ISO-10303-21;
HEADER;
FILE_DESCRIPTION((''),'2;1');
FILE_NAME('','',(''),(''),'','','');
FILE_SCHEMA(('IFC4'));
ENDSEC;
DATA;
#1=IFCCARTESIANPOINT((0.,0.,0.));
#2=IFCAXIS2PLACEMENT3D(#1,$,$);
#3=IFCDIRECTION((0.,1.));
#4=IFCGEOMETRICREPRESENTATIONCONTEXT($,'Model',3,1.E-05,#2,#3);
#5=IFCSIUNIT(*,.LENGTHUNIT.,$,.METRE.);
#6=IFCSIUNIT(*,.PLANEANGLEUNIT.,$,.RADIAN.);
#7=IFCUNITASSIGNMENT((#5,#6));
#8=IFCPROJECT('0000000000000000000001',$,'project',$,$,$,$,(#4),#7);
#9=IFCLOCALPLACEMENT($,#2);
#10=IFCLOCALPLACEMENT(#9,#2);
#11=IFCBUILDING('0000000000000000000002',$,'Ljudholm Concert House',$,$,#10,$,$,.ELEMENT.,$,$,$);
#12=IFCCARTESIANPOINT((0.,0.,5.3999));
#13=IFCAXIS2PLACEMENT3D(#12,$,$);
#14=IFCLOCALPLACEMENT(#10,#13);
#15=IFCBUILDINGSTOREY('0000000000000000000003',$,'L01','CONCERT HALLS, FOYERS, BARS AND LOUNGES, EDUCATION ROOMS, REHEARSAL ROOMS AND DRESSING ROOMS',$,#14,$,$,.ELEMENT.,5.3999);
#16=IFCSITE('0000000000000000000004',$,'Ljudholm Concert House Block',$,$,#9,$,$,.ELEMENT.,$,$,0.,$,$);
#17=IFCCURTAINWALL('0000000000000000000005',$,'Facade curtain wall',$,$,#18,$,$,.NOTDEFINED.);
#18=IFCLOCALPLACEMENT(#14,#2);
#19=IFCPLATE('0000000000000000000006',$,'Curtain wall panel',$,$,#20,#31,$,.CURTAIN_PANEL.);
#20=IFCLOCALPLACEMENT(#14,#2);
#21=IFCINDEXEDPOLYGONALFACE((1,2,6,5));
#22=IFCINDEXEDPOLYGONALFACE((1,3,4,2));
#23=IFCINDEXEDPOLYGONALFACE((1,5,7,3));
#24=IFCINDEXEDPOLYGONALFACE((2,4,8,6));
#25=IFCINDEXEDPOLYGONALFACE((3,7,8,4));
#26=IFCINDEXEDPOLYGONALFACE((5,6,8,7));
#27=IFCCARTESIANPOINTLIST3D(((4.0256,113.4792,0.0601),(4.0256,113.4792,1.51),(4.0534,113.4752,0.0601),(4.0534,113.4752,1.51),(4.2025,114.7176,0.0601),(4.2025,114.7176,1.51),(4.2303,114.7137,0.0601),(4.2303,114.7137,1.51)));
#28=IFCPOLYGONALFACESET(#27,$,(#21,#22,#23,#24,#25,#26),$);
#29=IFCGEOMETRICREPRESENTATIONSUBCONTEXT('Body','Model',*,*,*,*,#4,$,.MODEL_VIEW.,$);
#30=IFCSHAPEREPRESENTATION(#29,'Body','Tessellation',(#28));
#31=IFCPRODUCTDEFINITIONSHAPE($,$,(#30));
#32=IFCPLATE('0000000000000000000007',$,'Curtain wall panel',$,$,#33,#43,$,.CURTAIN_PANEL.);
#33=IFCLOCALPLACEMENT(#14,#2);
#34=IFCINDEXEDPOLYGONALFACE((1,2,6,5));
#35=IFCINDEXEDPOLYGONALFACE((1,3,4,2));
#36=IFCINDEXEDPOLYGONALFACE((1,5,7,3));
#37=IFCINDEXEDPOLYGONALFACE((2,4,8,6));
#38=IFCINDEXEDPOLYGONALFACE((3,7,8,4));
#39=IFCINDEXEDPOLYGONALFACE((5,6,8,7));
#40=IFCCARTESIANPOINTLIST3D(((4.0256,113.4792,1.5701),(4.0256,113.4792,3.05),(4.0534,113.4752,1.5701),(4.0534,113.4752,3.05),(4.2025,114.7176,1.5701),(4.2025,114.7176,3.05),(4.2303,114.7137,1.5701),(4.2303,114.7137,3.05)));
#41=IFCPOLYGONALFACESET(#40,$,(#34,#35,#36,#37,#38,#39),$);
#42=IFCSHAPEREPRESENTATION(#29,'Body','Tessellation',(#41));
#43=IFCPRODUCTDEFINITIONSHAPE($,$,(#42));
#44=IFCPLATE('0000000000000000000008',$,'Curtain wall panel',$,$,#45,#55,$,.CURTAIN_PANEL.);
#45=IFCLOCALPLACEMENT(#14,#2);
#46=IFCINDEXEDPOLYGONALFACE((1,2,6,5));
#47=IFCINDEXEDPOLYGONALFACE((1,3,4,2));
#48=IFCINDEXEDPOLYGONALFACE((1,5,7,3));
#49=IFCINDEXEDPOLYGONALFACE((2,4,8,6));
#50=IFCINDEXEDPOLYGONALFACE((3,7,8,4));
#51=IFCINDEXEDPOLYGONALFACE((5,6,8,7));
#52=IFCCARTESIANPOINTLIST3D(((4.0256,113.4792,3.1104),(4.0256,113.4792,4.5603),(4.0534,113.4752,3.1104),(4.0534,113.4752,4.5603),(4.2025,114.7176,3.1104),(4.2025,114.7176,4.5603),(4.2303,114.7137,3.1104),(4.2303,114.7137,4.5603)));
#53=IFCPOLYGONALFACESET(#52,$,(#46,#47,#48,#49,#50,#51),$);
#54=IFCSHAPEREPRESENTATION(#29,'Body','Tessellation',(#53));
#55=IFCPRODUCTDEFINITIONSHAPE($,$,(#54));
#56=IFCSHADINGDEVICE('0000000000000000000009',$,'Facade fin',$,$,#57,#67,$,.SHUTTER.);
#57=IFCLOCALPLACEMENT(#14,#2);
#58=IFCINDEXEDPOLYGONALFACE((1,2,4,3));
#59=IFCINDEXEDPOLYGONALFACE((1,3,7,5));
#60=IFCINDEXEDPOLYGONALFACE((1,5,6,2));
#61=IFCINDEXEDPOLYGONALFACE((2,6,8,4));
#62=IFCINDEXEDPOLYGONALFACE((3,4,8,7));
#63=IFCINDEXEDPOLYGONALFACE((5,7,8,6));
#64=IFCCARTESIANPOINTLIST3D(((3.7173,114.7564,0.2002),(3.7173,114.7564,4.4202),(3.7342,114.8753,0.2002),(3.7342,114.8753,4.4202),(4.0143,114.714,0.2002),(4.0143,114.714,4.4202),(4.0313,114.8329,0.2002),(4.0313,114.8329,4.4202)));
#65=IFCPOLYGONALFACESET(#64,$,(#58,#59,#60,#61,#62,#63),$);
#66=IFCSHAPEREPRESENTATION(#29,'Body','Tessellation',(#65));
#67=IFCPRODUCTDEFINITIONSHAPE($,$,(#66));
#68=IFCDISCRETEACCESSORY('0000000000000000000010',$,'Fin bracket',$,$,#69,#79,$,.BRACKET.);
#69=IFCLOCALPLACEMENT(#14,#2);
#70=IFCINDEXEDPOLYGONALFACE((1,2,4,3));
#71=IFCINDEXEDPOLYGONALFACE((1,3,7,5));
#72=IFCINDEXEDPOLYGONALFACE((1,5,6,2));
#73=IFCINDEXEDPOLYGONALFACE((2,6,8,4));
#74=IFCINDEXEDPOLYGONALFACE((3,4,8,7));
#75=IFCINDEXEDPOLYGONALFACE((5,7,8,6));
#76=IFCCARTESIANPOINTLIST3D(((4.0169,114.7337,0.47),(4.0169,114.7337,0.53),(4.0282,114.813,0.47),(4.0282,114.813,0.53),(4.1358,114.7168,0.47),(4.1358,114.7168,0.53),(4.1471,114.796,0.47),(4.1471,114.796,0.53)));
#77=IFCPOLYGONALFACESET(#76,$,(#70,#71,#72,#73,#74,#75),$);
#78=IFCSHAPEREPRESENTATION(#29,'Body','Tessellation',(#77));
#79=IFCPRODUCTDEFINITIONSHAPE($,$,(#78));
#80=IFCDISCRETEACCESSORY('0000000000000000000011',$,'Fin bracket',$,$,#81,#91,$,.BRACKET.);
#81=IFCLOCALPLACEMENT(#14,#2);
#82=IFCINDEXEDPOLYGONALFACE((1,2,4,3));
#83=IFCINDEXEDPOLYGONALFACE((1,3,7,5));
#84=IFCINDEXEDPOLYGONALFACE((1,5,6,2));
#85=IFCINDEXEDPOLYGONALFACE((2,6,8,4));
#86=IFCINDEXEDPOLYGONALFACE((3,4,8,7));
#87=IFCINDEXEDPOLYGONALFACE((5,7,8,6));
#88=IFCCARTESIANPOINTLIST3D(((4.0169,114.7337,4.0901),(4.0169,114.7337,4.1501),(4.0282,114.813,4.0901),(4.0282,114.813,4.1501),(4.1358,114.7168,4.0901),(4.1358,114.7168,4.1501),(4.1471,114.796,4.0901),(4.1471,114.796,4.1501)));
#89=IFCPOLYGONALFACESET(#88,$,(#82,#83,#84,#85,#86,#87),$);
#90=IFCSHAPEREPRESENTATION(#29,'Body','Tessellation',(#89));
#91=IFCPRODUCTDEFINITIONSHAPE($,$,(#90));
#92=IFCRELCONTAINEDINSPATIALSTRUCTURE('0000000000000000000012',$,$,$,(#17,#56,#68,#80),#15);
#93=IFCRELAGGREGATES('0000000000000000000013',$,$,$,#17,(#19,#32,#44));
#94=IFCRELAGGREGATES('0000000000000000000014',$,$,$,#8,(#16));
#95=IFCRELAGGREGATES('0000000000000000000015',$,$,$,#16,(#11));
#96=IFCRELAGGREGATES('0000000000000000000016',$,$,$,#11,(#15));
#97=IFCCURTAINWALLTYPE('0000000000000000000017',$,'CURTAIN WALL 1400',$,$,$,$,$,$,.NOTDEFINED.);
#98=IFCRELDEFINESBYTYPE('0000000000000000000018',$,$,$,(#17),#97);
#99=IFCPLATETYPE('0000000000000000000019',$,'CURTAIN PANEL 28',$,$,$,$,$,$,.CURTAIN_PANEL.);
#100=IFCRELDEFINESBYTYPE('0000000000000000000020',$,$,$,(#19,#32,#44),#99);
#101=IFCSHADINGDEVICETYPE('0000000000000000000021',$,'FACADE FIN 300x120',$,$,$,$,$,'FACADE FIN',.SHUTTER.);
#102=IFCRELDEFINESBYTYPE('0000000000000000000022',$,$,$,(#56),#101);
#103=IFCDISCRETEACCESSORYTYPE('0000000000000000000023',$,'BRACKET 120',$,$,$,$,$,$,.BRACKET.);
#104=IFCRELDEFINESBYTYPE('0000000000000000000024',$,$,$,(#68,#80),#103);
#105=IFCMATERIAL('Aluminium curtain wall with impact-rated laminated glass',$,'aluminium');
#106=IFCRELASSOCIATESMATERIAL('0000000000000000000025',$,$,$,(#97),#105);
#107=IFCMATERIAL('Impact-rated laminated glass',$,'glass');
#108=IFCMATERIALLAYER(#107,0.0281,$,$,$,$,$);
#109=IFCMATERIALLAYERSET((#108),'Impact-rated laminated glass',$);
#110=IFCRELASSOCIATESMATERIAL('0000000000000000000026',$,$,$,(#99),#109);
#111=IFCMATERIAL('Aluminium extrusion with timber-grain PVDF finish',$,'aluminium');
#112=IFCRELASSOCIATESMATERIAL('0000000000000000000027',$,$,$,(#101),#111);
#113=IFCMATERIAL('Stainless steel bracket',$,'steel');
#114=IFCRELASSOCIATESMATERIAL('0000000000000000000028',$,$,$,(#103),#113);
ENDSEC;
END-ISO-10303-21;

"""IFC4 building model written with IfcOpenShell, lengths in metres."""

from ifc_helpers import new_model, si_unit, direction, frame, origin, origin_2d, place, context, subcontext, project, spatial, rectangle, extrude, material, layer, layer_set, type_object, element, aggregate, save


model = new_model("IFC4")

# Units and contexts
model_context = context("Model", 3, precision=1e-05, world=origin(), true_north=direction((0.0, 1.0)))
body_context = subcontext(model_context, "Body", "Model", "MODEL_VIEW")
ifc_project = project(units=[si_unit("LENGTHUNIT", "METRE"), si_unit("PLANEANGLEUNIT", "RADIAN")], contexts=[model_context])

# Site, building, storey
site_placement = place(None, origin())
site = spatial("IfcSite", under=ifc_project, at=site_placement, Name="Ljudholm Concert House Block", CompositionType="ELEMENT", RefElevation=0.0)
building_placement = place(site_placement, origin())
building = spatial("IfcBuilding", under=site, at=building_placement, Name="Ljudholm Concert House", CompositionType="ELEMENT")
storey_placement = place(building_placement, frame((0.0, 0.0, 5.3999)))
storey = spatial("IfcBuildingStorey", under=building, at=storey_placement, Name="L01", Description="CONCERT HALLS, FOYERS, BARS AND LOUNGES, EDUCATION ROOMS, REHEARSAL ROOMS AND DRESSING ROOMS", CompositionType="ELEMENT", Elevation=5.3999)

# Shared definitions
ifc_material_1 = material(Name="Aluminium curtain wall with impact-rated laminated glass", Category="aluminium")
curtain_wall_type = type_object("IfcCurtainWallType", Name="CURTAIN WALL 1400", PredefinedType="NOTDEFINED", material=ifc_material_1)

# Curtain wall
curtain_wall_1_placement = place(storey_placement, origin())
curtain_wall_1 = element("IfcCurtainWall", 1, at=curtain_wall_1_placement, inside=storey, type_object=curtain_wall_type, Name="Facade curtain wall", PredefinedType="NOTDEFINED")

# Plates
ifc_material_2 = material(Name="Impact-rated laminated glass", Category="glass")
ifc_layer = layer(ifc_material_2, 0.0281)
ifc_layer_set = layer_set([ifc_layer], Name="Impact-rated laminated glass")
plate_type = type_object("IfcPlateType", Name="CURTAIN PANEL 28", PredefinedType="CURTAIN_PANEL", material=ifc_layer_set)
plate_1_placement = place(storey_placement, frame((4.1279, 114.0964, 0.0601), z_axis=(0.0, 0.0, 1.0), x_axis=(0.141421, 0.989949, 0.0)))
plate_1 = element("IfcPlate", 2, at=plate_1_placement, type_object=plate_type, Name="Curtain wall panel", PredefinedType="CURTAIN_PANEL", context=body_context, shape_type="SweptSolid", body=[
    extrude(rectangle(XDim=1.251, YDim=0.0281, at=origin_2d()), origin(), (0.0, 0.0, 1.0), 1.45),
])
plate_2_placement = place(storey_placement, frame((4.1279, 114.0964, 1.5701), z_axis=(0.0, 0.0, 1.0), x_axis=(0.141421, 0.989949, 0.0)))
plate_2 = element("IfcPlate", 3, at=plate_2_placement, type_object=plate_type, Name="Curtain wall panel", PredefinedType="CURTAIN_PANEL", context=body_context, shape_type="SweptSolid", body=[
    extrude(rectangle(XDim=1.251, YDim=0.0281, at=origin_2d()), origin(), (0.0, 0.0, 1.0), 1.48),
])
plate_3_placement = place(storey_placement, frame((4.1279, 114.0964, 3.1104), z_axis=(0.0, 0.0, 1.0), x_axis=(0.141421, 0.989949, 0.0)))
plate_3 = element("IfcPlate", 4, at=plate_3_placement, type_object=plate_type, Name="Curtain wall panel", PredefinedType="CURTAIN_PANEL", context=body_context, shape_type="SweptSolid", body=[
    extrude(rectangle(XDim=1.251, YDim=0.0281, at=origin_2d()), origin(), (0.0, 0.0, 1.0), 1.45),
])
aggregate(curtain_wall_1, [plate_1, plate_2, plate_3])

# Shading device
ifc_material_3 = material(Name="Aluminium extrusion with timber-grain PVDF finish", Category="aluminium")
shading_device_type = type_object("IfcShadingDeviceType", Name="FACADE FIN 300x120", ElementType="FACADE FIN", PredefinedType="SHUTTER", material=ifc_material_3)
shading_device_placement = place(storey_placement, frame((3.8743, 114.7947, 0.2002), z_axis=(0.0, 0.0, 1.0), x_axis=(-0.989949, 0.141421, 0.0)))
element("IfcShadingDevice", 5, at=shading_device_placement, inside=storey, type_object=shading_device_type, Name="Facade fin", PredefinedType="SHUTTER", context=body_context, shape_type="SweptSolid", body=[
    extrude(rectangle(XDim=0.3, YDim=0.1201, at=origin_2d()), origin(), (0.0, 0.0, 1.0), 4.22),
])

# Discrete accessories
ifc_material_4 = material(Name="Stainless steel bracket", Category="steel")
discrete_accessory_type = type_object("IfcDiscreteAccessoryType", Name="BRACKET 120", PredefinedType="BRACKET", material=ifc_material_4)
for number, where, z_axis, x_axis, name in (
    (6, (4.082, 114.7649, 0.47), (0.0, 0.0, 1.0), (-0.989949, 0.141421, 0.0), "Fin bracket"),
    (7, (4.082, 114.7649, 4.0901), (0.0, 0.0, 1.0), (-0.989949, 0.141421, 0.0), "Fin bracket"),
):
    element("IfcDiscreteAccessory", number, at=place(storey_placement, frame(where, z_axis=z_axis, x_axis=x_axis)), inside=storey, type_object=discrete_accessory_type, Name=name, PredefinedType="BRACKET", context=body_context, shape_type="SweptSolid", body=[
        extrude(rectangle(XDim=0.1201, YDim=0.0801, at=origin_2d()), origin(), (0.0, 0.0, 1.0), 0.0601),
    ])

save(model, "model.ifc")
